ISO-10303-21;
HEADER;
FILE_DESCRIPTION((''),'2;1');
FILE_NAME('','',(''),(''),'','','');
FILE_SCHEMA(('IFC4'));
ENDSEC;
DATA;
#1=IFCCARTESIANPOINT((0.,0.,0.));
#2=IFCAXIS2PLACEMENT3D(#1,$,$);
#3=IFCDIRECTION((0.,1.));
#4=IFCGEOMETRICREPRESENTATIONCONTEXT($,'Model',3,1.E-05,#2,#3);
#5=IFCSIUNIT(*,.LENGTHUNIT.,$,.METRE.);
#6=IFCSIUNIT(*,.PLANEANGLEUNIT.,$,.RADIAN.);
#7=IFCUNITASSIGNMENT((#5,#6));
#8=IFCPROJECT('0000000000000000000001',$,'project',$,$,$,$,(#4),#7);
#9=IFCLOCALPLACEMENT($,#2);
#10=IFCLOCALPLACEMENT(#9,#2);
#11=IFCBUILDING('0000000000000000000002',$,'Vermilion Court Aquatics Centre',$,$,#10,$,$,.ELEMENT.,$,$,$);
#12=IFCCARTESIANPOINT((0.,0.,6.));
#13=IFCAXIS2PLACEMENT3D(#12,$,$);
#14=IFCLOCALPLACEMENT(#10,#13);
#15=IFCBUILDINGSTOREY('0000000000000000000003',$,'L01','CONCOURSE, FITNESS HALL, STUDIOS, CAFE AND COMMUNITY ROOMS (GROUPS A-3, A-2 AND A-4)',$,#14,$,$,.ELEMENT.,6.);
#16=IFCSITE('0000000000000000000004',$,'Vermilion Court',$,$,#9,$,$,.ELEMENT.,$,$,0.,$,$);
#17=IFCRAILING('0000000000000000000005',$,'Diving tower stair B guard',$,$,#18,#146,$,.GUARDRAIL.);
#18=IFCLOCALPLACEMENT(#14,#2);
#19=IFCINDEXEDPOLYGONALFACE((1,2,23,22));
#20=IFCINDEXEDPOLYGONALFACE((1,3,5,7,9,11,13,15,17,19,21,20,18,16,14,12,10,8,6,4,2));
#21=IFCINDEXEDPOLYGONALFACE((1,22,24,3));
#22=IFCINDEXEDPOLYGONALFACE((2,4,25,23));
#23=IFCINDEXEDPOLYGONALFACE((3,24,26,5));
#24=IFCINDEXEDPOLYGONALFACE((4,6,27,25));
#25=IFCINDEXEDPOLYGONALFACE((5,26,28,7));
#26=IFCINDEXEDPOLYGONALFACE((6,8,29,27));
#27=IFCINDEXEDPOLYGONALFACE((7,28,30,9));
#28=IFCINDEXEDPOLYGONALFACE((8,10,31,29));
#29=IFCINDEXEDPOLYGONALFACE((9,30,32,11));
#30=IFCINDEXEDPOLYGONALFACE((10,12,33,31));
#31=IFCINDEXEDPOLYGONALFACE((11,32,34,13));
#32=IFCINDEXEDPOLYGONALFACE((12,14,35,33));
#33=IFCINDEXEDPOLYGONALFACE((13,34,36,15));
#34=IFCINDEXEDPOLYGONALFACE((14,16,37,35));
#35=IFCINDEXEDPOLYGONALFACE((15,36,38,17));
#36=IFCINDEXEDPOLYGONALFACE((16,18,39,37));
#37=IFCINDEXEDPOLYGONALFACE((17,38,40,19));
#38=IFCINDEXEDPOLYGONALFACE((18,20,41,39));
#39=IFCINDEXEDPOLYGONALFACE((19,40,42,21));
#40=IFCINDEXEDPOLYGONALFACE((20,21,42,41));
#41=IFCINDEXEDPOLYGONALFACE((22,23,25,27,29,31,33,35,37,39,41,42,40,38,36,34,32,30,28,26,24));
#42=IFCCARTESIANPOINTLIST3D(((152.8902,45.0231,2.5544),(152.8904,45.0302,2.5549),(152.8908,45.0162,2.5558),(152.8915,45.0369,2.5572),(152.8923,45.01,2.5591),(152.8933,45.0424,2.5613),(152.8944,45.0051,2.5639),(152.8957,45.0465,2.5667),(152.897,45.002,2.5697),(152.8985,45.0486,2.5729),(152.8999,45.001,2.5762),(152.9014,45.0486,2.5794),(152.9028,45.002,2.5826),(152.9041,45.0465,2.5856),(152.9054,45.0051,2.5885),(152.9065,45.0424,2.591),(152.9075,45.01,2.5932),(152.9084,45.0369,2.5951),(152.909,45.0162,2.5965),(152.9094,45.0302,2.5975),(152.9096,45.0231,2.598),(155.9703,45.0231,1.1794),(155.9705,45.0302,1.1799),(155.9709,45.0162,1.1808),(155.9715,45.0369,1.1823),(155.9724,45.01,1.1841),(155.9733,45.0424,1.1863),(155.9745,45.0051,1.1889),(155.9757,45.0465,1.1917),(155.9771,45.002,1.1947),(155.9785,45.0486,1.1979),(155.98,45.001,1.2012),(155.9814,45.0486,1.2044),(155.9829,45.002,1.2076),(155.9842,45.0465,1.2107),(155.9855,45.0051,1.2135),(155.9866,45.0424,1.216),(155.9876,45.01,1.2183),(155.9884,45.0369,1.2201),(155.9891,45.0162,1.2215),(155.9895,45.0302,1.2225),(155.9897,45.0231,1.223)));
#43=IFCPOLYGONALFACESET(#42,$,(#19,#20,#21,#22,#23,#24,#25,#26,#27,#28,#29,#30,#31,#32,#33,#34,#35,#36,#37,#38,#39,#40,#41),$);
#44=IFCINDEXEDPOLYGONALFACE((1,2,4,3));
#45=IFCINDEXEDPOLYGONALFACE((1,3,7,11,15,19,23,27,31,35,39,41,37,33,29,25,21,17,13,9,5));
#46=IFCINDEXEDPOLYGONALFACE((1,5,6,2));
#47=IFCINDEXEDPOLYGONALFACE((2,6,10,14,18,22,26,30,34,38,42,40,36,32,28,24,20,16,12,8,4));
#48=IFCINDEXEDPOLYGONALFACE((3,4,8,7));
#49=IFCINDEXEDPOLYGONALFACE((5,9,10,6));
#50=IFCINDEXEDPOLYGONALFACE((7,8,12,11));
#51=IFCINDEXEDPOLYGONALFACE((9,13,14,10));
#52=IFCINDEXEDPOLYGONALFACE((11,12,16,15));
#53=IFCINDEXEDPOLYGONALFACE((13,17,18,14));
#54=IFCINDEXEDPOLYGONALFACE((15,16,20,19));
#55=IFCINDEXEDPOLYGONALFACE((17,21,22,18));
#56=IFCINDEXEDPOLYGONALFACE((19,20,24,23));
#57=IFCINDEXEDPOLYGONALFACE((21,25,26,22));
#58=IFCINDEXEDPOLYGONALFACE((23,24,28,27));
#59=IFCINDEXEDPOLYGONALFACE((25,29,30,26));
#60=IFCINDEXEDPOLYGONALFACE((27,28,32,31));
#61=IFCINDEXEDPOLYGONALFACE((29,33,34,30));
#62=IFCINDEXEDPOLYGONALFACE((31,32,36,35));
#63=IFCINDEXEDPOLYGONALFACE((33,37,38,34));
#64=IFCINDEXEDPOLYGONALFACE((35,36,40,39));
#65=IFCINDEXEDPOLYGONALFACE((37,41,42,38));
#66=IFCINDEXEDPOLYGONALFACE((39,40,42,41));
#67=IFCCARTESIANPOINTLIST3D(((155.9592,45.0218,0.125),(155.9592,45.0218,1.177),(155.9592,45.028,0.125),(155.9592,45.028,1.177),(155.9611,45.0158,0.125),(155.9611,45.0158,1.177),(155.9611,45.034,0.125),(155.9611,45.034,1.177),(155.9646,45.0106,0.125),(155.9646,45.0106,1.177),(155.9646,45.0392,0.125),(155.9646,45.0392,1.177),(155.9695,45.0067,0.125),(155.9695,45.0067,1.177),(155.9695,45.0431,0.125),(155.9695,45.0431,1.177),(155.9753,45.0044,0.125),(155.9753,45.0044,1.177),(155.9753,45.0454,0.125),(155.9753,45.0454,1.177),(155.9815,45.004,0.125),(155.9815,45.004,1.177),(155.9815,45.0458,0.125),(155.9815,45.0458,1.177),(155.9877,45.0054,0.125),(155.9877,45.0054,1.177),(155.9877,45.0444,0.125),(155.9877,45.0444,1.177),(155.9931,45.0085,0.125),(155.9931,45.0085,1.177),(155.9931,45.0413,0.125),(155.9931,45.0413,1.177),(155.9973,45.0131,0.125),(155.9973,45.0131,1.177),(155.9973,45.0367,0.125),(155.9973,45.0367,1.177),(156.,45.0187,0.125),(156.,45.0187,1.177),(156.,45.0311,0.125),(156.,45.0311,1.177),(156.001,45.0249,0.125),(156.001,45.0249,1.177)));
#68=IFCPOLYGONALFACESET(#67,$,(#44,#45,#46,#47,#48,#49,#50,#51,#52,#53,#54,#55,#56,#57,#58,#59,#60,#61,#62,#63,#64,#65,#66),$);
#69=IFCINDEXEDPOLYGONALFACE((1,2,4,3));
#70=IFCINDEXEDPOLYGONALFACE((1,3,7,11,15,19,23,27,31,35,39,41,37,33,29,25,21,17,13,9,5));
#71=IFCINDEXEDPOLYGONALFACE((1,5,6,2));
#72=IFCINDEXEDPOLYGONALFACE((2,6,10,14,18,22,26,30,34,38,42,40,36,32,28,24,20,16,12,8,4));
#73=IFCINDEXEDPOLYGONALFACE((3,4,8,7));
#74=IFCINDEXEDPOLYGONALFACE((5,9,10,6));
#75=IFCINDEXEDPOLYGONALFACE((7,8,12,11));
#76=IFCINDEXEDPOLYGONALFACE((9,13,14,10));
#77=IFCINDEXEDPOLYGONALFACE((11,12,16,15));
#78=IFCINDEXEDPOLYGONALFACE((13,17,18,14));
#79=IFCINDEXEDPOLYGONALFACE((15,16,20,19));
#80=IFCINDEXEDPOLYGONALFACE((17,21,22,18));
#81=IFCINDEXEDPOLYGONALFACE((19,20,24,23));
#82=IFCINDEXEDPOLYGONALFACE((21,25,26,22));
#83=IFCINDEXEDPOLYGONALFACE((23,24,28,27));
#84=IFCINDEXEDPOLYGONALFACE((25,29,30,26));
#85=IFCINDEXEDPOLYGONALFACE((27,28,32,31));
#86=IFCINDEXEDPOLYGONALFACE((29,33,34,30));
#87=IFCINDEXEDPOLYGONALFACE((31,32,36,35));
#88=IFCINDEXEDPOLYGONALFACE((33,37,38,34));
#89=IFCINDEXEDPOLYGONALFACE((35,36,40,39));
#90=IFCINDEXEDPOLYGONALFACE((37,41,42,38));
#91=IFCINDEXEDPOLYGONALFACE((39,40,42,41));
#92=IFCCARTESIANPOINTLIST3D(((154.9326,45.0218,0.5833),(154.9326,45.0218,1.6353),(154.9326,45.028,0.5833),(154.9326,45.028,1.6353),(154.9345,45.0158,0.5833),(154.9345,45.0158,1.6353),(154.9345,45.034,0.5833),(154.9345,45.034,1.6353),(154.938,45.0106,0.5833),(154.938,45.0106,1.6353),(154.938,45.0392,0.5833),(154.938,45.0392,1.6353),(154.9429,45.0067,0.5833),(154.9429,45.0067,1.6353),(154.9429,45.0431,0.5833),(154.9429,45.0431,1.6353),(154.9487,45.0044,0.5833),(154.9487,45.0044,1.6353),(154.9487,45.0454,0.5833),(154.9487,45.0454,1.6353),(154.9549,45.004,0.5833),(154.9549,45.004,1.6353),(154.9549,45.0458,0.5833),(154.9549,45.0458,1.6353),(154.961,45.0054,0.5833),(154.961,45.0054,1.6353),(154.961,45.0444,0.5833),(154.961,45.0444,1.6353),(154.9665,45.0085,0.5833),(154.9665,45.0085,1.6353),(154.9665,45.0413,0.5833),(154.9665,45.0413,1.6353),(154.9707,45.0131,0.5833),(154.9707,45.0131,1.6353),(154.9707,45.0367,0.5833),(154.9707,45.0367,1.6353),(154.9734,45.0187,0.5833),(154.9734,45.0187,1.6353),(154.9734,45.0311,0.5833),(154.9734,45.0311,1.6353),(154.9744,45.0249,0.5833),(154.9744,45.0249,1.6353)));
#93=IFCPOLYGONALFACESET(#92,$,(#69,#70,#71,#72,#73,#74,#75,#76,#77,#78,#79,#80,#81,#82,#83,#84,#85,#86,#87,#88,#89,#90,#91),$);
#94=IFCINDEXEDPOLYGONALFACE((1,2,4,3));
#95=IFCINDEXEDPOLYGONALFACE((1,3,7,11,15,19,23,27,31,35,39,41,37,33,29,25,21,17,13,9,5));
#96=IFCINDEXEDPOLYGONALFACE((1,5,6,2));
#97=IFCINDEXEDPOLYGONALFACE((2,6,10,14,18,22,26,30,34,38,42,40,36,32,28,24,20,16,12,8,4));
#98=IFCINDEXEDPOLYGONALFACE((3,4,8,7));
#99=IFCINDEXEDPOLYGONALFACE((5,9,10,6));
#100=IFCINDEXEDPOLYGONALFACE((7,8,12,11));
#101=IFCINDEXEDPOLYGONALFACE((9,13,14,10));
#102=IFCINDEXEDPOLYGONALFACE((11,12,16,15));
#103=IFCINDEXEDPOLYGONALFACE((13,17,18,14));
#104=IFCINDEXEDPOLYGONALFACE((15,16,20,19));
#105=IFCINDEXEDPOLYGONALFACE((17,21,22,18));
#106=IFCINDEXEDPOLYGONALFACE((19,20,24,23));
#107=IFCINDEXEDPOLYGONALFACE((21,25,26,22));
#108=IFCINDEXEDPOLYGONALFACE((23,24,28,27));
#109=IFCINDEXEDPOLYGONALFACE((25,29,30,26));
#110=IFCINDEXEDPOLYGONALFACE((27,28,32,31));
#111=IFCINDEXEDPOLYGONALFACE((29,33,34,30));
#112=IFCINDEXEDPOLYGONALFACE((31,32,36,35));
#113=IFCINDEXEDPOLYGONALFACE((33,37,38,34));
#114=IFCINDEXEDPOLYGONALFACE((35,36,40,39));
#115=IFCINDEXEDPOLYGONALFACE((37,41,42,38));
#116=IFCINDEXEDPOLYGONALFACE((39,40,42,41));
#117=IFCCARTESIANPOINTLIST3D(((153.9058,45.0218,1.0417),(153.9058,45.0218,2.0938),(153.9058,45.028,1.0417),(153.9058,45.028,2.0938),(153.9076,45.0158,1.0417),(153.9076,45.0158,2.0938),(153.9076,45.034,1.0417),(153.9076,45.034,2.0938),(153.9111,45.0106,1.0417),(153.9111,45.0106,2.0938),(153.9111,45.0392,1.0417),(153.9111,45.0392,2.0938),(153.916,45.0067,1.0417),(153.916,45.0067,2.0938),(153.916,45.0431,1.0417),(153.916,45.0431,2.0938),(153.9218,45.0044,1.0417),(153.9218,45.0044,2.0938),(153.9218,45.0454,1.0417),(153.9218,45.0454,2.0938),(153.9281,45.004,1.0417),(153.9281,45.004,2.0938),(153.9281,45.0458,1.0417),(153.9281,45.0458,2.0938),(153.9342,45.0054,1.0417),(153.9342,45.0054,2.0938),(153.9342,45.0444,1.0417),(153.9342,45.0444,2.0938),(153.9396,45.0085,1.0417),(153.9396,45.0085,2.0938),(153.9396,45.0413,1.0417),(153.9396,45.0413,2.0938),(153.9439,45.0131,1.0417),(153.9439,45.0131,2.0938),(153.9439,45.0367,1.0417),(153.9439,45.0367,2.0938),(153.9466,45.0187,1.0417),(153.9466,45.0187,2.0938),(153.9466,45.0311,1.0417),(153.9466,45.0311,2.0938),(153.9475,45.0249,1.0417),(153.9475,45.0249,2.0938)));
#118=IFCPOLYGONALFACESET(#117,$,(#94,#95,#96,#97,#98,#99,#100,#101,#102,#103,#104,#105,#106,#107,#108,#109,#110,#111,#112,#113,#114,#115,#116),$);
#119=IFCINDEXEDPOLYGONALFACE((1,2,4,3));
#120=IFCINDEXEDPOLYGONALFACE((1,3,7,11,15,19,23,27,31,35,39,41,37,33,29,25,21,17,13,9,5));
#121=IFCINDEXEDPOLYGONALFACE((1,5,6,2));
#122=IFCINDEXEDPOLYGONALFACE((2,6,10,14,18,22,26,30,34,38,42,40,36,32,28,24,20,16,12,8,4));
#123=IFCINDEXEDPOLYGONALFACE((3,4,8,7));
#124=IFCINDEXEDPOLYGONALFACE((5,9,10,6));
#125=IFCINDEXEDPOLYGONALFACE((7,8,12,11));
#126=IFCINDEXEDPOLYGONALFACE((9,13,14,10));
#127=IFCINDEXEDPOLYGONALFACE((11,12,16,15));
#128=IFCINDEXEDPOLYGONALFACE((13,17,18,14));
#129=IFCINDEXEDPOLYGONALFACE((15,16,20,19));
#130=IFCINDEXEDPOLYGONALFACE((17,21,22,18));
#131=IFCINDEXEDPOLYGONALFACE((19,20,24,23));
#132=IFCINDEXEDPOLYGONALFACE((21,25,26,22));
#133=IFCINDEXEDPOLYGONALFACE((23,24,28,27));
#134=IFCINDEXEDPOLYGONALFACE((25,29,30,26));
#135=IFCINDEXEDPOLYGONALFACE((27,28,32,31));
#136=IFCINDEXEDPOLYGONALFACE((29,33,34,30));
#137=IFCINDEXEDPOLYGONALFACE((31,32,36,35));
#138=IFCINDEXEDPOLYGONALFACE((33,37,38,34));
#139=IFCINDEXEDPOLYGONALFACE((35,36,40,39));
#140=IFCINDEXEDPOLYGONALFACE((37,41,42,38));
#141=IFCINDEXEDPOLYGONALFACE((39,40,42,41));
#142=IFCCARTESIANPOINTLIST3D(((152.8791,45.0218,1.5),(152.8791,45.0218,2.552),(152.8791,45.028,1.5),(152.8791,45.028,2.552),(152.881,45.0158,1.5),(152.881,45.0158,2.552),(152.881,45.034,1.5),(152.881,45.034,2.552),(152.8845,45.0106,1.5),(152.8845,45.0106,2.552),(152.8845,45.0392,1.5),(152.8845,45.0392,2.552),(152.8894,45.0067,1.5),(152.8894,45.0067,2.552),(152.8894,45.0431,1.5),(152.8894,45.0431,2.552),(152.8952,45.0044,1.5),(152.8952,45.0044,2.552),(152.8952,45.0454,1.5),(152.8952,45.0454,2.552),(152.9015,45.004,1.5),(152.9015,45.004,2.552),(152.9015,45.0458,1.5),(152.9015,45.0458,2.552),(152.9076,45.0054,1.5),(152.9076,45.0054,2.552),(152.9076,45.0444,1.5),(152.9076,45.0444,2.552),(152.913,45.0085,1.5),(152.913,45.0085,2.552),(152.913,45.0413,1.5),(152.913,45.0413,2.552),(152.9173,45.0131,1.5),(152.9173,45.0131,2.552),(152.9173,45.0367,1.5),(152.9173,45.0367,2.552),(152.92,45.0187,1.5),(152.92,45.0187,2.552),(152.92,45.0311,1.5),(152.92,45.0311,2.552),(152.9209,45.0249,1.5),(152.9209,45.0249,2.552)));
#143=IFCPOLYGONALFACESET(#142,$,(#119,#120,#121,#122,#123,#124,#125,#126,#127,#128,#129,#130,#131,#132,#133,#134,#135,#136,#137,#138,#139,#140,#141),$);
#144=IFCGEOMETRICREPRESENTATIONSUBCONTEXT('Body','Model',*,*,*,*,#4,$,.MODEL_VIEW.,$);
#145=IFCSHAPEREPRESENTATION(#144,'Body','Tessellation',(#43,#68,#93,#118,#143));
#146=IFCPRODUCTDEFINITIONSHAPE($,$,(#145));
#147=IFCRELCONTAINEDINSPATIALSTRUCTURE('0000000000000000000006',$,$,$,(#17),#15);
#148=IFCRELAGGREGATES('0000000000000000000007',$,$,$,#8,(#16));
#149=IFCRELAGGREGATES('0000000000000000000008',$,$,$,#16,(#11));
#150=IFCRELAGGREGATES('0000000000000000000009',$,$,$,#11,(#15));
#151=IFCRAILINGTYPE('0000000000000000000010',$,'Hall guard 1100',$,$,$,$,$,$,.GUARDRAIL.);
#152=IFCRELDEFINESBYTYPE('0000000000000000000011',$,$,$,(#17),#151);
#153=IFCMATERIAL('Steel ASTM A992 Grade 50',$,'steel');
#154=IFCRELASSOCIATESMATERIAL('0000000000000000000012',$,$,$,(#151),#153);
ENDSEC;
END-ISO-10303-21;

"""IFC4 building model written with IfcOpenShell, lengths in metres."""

from ifc_helpers import new_model, si_unit, direction, frame, origin, origin_2d, place, context, subcontext, project, spatial, circle, extrude, material, type_object, element, save


model = new_model("IFC4")

# Units and contexts
model_context = context("Model", 3, precision=1e-05, world=origin(), true_north=direction((0.0, 1.0)))
body_context = subcontext(model_context, "Body", "Model", "MODEL_VIEW")
ifc_project = project(units=[si_unit("LENGTHUNIT", "METRE"), si_unit("PLANEANGLEUNIT", "RADIAN")], contexts=[model_context])

# Site, building, storey
site_placement = place(None, origin())
site = spatial("IfcSite", under=ifc_project, at=site_placement, Name="Vermilion Court", CompositionType="ELEMENT", RefElevation=0.0)
building_placement = place(site_placement, origin())
building = spatial("IfcBuilding", under=site, at=building_placement, Name="Vermilion Court Aquatics Centre", CompositionType="ELEMENT")
storey_placement = place(building_placement, frame((0.0, 0.0, 6.0)))
storey = spatial("IfcBuildingStorey", under=building, at=storey_placement, Name="L01", Description="CONCOURSE, FITNESS HALL, STUDIOS, CAFE AND COMMUNITY ROOMS (GROUPS A-3, A-2 AND A-4)", CompositionType="ELEMENT", Elevation=6.0)

# Railing
ifc_material_1 = material(Name="Steel ASTM A992 Grade 50", Category="steel")
railing_type_1 = type_object("IfcRailingType", Name="Hall guard 1100", PredefinedType="GUARDRAIL", material=ifc_material_1)
for number, where, name in (
    (1, (155.98, 45.0249, 0.125), "Diving tower stair B guard"),
):
    element("IfcRailing", number, at=place(storey_placement, frame(where)), inside=storey, type_object=railing_type_1, Name=name, PredefinedType="GUARDRAIL", context=body_context, shape_type="SweptSolid", body=[
        extrude(circle(Radius=0.0239, at=origin_2d()), frame((0.0, 0.0, 1.0762), z_axis=(-0.913142, 0.0, 0.407642), x_axis=(0.0, -1.0, 0.0)), (0.0, 0.0, 1.0), 3.373),
        extrude(circle(Radius=0.021, at=origin_2d()), origin(), (0.0, 0.0, 1.0), 1.052),
        extrude(circle(Radius=0.021, at=origin_2d()), frame((-1.0266, 0.0, 0.4583)), (0.0, 0.0, 1.0), 1.052),
        extrude(circle(Radius=0.021, at=origin_2d()), frame((-2.0535, 0.0, 0.9167)), (0.0, 0.0, 1.0), 1.052),
        extrude(circle(Radius=0.021, at=origin_2d()), frame((-3.0801, 0.0, 1.375)), (0.0, 0.0, 1.0), 1.052),
    ])

save(model, "model.ifc")
